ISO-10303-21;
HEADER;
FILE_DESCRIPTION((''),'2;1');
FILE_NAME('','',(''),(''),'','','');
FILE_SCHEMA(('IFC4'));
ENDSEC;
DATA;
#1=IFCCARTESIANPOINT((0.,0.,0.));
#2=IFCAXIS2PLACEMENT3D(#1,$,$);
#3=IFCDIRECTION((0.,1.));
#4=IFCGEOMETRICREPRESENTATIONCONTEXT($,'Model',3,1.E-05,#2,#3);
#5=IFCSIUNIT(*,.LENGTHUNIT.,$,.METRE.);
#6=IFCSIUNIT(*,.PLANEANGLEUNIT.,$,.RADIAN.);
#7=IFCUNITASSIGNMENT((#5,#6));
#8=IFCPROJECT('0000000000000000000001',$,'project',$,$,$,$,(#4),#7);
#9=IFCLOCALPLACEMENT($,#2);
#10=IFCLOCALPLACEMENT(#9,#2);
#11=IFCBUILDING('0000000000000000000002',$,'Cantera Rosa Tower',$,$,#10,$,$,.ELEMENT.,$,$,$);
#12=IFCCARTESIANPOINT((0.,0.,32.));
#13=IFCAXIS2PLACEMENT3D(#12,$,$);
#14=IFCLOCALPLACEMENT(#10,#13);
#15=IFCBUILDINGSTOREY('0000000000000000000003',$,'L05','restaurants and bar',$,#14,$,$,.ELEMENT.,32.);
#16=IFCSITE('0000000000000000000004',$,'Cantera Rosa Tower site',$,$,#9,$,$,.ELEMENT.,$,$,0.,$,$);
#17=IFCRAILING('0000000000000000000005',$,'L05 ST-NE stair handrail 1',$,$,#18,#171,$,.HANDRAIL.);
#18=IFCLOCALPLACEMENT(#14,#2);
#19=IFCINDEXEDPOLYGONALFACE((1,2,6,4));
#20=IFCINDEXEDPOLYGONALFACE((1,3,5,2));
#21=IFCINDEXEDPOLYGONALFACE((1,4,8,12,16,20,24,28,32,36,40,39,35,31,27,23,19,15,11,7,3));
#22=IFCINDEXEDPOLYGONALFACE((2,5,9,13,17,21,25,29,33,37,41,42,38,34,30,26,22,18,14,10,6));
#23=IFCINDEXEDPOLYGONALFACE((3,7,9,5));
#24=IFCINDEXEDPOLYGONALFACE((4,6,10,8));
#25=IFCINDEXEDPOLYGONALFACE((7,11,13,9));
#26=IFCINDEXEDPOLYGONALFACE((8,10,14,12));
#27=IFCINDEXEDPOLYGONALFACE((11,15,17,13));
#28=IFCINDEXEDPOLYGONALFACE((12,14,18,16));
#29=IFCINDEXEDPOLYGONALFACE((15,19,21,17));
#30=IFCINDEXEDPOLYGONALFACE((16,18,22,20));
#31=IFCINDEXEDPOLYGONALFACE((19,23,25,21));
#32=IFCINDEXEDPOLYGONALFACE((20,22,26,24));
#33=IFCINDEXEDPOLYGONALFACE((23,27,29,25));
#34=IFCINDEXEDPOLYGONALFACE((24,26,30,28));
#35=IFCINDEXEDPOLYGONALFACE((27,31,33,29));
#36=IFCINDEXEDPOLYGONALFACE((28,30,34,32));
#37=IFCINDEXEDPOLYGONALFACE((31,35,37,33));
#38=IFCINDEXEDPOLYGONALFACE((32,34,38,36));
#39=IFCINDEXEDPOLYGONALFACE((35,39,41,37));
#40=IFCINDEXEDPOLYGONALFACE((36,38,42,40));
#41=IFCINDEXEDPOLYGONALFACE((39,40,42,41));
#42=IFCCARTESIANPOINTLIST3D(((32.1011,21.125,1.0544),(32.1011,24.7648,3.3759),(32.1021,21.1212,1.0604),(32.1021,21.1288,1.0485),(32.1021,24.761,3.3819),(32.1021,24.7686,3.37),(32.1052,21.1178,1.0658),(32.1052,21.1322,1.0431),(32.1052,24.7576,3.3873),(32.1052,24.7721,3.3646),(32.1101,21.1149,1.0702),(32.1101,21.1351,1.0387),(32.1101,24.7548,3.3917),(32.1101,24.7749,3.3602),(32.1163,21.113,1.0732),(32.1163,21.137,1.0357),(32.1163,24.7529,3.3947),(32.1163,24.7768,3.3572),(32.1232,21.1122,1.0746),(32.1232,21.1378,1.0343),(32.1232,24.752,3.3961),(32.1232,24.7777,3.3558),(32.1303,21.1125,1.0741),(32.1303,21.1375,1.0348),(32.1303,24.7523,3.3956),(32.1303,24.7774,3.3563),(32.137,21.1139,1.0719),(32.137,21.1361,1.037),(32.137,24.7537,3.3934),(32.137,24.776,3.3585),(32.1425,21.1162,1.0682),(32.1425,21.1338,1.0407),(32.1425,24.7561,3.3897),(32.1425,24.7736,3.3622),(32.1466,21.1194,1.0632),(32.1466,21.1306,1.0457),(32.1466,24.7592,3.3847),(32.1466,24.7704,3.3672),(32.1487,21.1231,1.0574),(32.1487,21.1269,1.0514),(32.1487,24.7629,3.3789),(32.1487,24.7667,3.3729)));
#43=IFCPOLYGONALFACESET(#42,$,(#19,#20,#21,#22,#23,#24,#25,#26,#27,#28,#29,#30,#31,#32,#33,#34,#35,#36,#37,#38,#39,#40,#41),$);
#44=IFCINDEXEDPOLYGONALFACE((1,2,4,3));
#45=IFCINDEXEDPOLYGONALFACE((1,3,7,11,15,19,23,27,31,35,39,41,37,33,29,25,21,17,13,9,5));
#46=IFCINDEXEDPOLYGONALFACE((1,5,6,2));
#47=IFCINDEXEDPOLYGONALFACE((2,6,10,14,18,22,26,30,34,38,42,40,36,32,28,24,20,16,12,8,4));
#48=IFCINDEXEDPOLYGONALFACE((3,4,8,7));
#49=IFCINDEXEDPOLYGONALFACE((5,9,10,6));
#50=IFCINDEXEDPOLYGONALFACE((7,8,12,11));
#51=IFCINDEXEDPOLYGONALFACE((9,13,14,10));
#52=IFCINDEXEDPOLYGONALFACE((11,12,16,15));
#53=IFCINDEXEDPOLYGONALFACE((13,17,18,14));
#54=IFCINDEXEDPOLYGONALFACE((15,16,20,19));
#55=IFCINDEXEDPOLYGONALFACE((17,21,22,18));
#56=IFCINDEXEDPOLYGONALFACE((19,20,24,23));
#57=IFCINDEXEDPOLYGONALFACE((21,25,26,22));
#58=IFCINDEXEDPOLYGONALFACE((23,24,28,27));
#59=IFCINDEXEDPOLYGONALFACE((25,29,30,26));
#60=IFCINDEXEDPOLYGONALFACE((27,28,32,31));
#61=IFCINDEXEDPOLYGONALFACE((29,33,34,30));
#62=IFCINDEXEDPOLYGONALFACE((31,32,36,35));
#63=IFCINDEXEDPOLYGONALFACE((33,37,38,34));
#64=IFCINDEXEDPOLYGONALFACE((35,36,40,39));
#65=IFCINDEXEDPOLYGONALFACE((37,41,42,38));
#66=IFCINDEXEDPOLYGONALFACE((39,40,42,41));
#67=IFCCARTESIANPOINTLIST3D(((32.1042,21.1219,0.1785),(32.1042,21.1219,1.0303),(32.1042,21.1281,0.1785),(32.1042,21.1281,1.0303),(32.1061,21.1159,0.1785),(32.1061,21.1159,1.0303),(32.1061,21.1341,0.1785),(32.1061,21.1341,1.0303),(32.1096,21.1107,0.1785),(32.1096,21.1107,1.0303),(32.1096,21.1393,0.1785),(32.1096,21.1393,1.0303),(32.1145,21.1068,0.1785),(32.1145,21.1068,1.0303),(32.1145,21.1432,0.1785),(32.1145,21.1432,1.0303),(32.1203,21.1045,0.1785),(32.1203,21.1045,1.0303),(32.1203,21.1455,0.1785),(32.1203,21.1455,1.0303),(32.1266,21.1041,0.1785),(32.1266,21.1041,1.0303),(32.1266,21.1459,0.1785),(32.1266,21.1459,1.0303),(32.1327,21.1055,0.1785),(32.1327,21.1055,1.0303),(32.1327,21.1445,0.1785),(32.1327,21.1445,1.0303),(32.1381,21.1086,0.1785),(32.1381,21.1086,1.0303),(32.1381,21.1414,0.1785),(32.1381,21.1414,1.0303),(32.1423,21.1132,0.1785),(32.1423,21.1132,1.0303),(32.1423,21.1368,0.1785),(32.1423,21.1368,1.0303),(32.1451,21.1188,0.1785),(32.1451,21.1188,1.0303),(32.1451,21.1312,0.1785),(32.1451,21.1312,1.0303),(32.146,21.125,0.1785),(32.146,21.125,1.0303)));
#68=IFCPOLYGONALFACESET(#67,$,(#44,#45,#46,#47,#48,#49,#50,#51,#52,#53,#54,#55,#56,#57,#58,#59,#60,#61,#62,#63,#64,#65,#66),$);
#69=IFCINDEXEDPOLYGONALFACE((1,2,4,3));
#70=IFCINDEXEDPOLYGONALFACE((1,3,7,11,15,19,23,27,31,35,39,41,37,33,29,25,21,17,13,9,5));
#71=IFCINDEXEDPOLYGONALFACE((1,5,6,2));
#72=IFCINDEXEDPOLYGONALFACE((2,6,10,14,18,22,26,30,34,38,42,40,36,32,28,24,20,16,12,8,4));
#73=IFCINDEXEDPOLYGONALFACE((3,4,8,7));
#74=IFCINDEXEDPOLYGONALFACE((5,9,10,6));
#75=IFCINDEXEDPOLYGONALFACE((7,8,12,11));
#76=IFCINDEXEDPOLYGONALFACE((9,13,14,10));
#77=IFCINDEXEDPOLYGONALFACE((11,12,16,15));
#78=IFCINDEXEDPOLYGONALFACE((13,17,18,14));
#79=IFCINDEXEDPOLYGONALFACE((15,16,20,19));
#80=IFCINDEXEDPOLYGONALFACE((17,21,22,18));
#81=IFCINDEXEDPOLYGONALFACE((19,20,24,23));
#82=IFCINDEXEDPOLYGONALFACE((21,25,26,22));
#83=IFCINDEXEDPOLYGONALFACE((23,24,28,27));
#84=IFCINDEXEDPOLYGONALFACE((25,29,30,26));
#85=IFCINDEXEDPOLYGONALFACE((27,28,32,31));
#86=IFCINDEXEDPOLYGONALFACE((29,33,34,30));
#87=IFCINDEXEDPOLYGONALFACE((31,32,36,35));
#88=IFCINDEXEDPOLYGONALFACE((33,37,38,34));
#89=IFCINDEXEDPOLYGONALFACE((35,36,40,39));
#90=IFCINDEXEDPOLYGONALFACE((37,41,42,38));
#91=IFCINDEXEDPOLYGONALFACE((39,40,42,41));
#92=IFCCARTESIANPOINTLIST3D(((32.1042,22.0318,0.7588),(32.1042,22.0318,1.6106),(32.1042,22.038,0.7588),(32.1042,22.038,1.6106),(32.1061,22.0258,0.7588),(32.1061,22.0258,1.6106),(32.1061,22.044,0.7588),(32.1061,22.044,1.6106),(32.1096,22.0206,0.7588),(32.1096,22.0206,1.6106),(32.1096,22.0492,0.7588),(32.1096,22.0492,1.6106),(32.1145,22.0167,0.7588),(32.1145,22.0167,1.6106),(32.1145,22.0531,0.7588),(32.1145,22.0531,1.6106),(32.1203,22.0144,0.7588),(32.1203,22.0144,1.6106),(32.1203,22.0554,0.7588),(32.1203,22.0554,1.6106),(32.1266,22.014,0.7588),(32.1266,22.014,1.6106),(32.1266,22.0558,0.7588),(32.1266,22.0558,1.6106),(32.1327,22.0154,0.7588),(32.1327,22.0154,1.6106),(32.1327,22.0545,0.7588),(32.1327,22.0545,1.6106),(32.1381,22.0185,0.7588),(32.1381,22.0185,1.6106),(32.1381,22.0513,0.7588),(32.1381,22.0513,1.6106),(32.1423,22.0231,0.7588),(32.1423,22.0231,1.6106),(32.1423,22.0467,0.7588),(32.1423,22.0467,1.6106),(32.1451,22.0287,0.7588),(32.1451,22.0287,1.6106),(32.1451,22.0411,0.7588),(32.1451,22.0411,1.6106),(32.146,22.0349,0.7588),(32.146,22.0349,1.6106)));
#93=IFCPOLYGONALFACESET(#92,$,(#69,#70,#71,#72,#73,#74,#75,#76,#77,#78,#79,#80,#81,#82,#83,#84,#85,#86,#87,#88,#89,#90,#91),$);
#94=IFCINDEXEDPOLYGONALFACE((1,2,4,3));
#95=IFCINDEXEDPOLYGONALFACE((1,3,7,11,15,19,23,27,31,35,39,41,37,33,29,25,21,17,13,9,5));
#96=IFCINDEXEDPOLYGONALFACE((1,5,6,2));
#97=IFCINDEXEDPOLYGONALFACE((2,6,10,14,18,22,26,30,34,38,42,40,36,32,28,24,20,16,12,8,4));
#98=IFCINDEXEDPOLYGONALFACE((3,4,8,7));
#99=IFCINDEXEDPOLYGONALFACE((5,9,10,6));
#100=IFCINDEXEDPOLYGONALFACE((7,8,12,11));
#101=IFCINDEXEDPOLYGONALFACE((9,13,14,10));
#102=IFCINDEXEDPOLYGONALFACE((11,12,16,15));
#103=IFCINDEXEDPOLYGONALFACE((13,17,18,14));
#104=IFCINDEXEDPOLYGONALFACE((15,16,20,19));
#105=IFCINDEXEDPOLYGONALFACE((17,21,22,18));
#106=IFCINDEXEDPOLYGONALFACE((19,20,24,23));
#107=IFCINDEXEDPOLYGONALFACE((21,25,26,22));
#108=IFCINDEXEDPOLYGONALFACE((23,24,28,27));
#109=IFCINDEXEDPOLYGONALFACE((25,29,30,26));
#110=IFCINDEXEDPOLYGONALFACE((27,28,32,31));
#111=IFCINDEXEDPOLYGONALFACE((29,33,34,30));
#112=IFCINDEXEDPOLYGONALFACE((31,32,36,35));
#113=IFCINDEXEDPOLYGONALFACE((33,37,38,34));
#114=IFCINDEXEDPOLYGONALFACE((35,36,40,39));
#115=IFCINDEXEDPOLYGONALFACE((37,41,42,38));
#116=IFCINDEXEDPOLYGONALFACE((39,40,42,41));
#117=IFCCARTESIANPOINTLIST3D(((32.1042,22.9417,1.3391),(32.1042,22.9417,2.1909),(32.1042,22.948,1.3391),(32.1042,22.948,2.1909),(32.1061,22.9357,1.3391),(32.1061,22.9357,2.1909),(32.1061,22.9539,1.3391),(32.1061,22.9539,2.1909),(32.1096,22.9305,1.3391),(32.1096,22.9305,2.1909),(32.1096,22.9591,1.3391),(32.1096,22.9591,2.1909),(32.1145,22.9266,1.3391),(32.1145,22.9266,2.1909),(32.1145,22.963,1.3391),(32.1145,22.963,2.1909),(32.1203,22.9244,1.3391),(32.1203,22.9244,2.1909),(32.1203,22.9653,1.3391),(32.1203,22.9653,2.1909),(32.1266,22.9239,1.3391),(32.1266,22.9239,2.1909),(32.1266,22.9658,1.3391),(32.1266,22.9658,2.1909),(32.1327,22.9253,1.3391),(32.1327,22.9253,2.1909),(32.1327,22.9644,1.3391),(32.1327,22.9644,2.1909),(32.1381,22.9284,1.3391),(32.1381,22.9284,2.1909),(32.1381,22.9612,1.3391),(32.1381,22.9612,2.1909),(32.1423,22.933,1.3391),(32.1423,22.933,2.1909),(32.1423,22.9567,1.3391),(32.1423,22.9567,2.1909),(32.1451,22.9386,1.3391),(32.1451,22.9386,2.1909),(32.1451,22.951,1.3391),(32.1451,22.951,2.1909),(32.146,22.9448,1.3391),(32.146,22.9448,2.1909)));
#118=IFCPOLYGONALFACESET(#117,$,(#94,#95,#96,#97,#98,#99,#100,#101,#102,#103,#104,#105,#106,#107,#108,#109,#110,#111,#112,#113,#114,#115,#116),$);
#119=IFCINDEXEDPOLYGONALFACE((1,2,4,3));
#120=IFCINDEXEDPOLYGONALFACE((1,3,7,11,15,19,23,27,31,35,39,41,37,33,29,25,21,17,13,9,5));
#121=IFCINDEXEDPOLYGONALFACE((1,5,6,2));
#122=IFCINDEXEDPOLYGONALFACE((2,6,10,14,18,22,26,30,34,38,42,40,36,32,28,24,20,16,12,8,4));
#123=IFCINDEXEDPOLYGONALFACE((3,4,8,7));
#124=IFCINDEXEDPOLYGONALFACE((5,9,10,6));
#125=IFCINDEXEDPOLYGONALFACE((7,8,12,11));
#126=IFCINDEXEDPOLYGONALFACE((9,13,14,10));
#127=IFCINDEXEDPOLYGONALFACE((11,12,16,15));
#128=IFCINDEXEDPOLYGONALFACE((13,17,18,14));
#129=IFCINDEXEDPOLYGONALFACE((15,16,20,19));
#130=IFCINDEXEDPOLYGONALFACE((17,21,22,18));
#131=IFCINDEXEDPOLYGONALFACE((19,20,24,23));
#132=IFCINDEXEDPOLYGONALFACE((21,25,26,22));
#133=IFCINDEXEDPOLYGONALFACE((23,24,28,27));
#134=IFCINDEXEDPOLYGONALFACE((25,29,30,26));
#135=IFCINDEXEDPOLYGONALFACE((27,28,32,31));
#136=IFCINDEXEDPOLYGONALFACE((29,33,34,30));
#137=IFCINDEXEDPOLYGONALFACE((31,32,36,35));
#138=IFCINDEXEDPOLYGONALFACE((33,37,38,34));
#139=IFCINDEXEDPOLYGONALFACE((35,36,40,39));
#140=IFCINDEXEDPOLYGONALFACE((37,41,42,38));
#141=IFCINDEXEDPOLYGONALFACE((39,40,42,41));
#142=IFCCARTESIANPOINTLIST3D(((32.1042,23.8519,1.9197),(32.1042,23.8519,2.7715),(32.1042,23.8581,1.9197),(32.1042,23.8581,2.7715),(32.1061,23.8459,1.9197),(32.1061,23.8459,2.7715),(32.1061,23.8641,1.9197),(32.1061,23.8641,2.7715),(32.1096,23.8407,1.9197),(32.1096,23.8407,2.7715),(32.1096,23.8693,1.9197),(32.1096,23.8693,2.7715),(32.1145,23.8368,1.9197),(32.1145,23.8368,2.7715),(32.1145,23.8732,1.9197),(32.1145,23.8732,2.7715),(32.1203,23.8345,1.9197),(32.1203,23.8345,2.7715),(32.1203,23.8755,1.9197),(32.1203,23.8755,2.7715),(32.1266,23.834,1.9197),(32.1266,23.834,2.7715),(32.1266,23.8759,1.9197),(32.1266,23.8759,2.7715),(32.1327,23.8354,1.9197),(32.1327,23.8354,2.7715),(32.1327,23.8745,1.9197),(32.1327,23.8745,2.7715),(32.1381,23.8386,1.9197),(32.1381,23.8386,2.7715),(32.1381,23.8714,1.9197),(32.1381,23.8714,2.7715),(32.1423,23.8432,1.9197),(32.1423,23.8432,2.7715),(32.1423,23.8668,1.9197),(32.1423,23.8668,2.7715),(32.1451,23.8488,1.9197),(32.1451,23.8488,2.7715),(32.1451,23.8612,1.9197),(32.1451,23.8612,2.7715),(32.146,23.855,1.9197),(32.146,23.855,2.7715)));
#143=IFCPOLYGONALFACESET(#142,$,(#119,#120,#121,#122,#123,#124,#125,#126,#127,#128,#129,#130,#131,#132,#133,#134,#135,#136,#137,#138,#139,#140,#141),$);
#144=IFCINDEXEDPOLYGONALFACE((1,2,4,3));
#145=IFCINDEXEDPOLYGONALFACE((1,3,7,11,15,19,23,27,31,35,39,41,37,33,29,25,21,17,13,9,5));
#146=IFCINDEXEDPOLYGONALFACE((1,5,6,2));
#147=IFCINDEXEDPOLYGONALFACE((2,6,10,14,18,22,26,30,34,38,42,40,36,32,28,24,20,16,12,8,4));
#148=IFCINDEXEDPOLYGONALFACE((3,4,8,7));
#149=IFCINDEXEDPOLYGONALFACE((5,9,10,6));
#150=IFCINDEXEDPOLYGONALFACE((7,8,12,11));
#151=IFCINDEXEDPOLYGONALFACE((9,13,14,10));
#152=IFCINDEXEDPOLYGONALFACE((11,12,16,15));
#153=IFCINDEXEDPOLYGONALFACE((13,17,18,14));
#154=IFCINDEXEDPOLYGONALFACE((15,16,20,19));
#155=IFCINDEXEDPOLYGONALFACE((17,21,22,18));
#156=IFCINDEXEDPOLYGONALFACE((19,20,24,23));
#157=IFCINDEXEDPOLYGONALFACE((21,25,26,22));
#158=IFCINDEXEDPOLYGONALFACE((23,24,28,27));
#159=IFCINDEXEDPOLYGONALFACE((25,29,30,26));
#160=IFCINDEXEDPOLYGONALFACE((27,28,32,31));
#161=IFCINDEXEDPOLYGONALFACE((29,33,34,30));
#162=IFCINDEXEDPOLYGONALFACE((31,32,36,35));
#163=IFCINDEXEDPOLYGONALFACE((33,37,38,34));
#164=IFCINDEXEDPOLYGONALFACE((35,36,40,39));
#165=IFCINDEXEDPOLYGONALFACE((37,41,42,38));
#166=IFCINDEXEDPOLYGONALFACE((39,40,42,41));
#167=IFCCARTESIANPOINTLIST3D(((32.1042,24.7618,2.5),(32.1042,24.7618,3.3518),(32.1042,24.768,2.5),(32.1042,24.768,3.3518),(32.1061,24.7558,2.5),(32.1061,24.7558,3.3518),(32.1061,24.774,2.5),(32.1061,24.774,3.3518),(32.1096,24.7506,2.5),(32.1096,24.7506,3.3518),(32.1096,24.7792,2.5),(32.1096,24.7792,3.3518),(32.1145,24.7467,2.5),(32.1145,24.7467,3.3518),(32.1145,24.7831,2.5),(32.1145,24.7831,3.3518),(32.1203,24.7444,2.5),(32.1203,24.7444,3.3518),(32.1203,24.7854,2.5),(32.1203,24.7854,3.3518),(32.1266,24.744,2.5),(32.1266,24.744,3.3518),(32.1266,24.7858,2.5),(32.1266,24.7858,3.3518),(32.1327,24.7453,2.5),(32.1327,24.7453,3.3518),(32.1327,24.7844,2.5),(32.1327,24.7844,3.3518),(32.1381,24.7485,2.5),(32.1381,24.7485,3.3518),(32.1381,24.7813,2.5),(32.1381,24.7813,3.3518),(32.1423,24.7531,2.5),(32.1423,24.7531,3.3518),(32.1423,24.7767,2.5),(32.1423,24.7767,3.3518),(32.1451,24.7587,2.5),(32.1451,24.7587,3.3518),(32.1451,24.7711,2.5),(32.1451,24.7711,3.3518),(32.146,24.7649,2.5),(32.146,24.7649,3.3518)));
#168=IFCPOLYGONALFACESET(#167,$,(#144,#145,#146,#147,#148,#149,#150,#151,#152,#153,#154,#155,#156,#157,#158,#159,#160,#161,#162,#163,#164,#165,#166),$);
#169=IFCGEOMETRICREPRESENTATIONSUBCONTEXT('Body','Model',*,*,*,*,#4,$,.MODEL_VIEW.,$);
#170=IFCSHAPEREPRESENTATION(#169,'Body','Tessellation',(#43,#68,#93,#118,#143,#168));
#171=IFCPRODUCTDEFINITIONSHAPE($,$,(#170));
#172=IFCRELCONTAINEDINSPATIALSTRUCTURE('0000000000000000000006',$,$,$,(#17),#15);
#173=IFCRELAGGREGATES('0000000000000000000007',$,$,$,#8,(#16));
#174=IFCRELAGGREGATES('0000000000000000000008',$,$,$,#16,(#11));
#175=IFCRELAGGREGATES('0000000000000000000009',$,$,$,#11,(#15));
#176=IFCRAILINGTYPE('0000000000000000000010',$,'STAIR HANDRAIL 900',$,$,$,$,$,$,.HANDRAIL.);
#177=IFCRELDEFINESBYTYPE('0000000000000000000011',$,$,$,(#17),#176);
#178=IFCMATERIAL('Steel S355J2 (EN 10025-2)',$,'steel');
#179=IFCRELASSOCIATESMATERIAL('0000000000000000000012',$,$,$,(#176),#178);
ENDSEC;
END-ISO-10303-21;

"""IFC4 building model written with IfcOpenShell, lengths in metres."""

from ifc_helpers import new_model, si_unit, direction, frame, origin, origin_2d, place, context, subcontext, project, spatial, circle, extrude, material, type_object, element, save


model = new_model("IFC4")

# Units and contexts
model_context = context("Model", 3, precision=1e-05, world=origin(), true_north=direction((0.0, 1.0)))
body_context = subcontext(model_context, "Body", "Model", "MODEL_VIEW")
ifc_project = project(units=[si_unit("LENGTHUNIT", "METRE"), si_unit("PLANEANGLEUNIT", "RADIAN")], contexts=[model_context])

# Site, building, storey
site_placement = place(None, origin())
site = spatial("IfcSite", under=ifc_project, at=site_placement, Name="Cantera Rosa Tower site", CompositionType="ELEMENT", RefElevation=0.0)
building_placement = place(site_placement, origin())
building = spatial("IfcBuilding", under=site, at=building_placement, Name="Cantera Rosa Tower", CompositionType="ELEMENT")
storey_placement = place(building_placement, frame((0.0, 0.0, 32.0)))
storey = spatial("IfcBuildingStorey", under=building, at=storey_placement, Name="L05", Description="restaurants and bar", CompositionType="ELEMENT", Elevation=32.0)

# Railing
ifc_material_1 = material(Name="Steel S355J2 (EN 10025-2)", Category="steel")
railing_type_1 = type_object("IfcRailingType", Name="STAIR HANDRAIL 900", PredefinedType="HANDRAIL", material=ifc_material_1)
railing_1_placement = place(storey_placement, frame((32.125, 21.125, 0.1785)))
element("IfcRailing", 1, at=railing_1_placement, inside=storey, type_object=railing_type_1, Name="L05 ST-NE stair handrail 1", PredefinedType="HANDRAIL", context=body_context, shape_type="SweptSolid", body=[
    extrude(circle(Radius=0.0239, at=origin_2d()), frame((0.0, 0.0, 0.876), z_axis=(0.0, 0.843112, 0.537739), x_axis=(-1.0, 0.0, 0.0)), (0.0, 0.0, 1.0), 4.3171),
    extrude(circle(Radius=0.021, at=origin_2d()), origin(), (0.0, 0.0, 1.0), 0.8518),
    extrude(circle(Radius=0.021, at=origin_2d()), frame((0.0, 0.9099, 0.5803)), (0.0, 0.0, 1.0), 0.8518),
    extrude(circle(Radius=0.021, at=origin_2d()), frame((0.0, 1.8198, 1.1606)), (0.0, 0.0, 1.0), 0.8518),
    extrude(circle(Radius=0.021, at=origin_2d()), frame((0.0, 2.73, 1.7412)), (0.0, 0.0, 1.0), 0.8518),
    extrude(circle(Radius=0.021, at=origin_2d()), frame((0.0, 3.6399, 2.3215)), (0.0, 0.0, 1.0), 0.8518),
])

save(model, "model.ifc")
